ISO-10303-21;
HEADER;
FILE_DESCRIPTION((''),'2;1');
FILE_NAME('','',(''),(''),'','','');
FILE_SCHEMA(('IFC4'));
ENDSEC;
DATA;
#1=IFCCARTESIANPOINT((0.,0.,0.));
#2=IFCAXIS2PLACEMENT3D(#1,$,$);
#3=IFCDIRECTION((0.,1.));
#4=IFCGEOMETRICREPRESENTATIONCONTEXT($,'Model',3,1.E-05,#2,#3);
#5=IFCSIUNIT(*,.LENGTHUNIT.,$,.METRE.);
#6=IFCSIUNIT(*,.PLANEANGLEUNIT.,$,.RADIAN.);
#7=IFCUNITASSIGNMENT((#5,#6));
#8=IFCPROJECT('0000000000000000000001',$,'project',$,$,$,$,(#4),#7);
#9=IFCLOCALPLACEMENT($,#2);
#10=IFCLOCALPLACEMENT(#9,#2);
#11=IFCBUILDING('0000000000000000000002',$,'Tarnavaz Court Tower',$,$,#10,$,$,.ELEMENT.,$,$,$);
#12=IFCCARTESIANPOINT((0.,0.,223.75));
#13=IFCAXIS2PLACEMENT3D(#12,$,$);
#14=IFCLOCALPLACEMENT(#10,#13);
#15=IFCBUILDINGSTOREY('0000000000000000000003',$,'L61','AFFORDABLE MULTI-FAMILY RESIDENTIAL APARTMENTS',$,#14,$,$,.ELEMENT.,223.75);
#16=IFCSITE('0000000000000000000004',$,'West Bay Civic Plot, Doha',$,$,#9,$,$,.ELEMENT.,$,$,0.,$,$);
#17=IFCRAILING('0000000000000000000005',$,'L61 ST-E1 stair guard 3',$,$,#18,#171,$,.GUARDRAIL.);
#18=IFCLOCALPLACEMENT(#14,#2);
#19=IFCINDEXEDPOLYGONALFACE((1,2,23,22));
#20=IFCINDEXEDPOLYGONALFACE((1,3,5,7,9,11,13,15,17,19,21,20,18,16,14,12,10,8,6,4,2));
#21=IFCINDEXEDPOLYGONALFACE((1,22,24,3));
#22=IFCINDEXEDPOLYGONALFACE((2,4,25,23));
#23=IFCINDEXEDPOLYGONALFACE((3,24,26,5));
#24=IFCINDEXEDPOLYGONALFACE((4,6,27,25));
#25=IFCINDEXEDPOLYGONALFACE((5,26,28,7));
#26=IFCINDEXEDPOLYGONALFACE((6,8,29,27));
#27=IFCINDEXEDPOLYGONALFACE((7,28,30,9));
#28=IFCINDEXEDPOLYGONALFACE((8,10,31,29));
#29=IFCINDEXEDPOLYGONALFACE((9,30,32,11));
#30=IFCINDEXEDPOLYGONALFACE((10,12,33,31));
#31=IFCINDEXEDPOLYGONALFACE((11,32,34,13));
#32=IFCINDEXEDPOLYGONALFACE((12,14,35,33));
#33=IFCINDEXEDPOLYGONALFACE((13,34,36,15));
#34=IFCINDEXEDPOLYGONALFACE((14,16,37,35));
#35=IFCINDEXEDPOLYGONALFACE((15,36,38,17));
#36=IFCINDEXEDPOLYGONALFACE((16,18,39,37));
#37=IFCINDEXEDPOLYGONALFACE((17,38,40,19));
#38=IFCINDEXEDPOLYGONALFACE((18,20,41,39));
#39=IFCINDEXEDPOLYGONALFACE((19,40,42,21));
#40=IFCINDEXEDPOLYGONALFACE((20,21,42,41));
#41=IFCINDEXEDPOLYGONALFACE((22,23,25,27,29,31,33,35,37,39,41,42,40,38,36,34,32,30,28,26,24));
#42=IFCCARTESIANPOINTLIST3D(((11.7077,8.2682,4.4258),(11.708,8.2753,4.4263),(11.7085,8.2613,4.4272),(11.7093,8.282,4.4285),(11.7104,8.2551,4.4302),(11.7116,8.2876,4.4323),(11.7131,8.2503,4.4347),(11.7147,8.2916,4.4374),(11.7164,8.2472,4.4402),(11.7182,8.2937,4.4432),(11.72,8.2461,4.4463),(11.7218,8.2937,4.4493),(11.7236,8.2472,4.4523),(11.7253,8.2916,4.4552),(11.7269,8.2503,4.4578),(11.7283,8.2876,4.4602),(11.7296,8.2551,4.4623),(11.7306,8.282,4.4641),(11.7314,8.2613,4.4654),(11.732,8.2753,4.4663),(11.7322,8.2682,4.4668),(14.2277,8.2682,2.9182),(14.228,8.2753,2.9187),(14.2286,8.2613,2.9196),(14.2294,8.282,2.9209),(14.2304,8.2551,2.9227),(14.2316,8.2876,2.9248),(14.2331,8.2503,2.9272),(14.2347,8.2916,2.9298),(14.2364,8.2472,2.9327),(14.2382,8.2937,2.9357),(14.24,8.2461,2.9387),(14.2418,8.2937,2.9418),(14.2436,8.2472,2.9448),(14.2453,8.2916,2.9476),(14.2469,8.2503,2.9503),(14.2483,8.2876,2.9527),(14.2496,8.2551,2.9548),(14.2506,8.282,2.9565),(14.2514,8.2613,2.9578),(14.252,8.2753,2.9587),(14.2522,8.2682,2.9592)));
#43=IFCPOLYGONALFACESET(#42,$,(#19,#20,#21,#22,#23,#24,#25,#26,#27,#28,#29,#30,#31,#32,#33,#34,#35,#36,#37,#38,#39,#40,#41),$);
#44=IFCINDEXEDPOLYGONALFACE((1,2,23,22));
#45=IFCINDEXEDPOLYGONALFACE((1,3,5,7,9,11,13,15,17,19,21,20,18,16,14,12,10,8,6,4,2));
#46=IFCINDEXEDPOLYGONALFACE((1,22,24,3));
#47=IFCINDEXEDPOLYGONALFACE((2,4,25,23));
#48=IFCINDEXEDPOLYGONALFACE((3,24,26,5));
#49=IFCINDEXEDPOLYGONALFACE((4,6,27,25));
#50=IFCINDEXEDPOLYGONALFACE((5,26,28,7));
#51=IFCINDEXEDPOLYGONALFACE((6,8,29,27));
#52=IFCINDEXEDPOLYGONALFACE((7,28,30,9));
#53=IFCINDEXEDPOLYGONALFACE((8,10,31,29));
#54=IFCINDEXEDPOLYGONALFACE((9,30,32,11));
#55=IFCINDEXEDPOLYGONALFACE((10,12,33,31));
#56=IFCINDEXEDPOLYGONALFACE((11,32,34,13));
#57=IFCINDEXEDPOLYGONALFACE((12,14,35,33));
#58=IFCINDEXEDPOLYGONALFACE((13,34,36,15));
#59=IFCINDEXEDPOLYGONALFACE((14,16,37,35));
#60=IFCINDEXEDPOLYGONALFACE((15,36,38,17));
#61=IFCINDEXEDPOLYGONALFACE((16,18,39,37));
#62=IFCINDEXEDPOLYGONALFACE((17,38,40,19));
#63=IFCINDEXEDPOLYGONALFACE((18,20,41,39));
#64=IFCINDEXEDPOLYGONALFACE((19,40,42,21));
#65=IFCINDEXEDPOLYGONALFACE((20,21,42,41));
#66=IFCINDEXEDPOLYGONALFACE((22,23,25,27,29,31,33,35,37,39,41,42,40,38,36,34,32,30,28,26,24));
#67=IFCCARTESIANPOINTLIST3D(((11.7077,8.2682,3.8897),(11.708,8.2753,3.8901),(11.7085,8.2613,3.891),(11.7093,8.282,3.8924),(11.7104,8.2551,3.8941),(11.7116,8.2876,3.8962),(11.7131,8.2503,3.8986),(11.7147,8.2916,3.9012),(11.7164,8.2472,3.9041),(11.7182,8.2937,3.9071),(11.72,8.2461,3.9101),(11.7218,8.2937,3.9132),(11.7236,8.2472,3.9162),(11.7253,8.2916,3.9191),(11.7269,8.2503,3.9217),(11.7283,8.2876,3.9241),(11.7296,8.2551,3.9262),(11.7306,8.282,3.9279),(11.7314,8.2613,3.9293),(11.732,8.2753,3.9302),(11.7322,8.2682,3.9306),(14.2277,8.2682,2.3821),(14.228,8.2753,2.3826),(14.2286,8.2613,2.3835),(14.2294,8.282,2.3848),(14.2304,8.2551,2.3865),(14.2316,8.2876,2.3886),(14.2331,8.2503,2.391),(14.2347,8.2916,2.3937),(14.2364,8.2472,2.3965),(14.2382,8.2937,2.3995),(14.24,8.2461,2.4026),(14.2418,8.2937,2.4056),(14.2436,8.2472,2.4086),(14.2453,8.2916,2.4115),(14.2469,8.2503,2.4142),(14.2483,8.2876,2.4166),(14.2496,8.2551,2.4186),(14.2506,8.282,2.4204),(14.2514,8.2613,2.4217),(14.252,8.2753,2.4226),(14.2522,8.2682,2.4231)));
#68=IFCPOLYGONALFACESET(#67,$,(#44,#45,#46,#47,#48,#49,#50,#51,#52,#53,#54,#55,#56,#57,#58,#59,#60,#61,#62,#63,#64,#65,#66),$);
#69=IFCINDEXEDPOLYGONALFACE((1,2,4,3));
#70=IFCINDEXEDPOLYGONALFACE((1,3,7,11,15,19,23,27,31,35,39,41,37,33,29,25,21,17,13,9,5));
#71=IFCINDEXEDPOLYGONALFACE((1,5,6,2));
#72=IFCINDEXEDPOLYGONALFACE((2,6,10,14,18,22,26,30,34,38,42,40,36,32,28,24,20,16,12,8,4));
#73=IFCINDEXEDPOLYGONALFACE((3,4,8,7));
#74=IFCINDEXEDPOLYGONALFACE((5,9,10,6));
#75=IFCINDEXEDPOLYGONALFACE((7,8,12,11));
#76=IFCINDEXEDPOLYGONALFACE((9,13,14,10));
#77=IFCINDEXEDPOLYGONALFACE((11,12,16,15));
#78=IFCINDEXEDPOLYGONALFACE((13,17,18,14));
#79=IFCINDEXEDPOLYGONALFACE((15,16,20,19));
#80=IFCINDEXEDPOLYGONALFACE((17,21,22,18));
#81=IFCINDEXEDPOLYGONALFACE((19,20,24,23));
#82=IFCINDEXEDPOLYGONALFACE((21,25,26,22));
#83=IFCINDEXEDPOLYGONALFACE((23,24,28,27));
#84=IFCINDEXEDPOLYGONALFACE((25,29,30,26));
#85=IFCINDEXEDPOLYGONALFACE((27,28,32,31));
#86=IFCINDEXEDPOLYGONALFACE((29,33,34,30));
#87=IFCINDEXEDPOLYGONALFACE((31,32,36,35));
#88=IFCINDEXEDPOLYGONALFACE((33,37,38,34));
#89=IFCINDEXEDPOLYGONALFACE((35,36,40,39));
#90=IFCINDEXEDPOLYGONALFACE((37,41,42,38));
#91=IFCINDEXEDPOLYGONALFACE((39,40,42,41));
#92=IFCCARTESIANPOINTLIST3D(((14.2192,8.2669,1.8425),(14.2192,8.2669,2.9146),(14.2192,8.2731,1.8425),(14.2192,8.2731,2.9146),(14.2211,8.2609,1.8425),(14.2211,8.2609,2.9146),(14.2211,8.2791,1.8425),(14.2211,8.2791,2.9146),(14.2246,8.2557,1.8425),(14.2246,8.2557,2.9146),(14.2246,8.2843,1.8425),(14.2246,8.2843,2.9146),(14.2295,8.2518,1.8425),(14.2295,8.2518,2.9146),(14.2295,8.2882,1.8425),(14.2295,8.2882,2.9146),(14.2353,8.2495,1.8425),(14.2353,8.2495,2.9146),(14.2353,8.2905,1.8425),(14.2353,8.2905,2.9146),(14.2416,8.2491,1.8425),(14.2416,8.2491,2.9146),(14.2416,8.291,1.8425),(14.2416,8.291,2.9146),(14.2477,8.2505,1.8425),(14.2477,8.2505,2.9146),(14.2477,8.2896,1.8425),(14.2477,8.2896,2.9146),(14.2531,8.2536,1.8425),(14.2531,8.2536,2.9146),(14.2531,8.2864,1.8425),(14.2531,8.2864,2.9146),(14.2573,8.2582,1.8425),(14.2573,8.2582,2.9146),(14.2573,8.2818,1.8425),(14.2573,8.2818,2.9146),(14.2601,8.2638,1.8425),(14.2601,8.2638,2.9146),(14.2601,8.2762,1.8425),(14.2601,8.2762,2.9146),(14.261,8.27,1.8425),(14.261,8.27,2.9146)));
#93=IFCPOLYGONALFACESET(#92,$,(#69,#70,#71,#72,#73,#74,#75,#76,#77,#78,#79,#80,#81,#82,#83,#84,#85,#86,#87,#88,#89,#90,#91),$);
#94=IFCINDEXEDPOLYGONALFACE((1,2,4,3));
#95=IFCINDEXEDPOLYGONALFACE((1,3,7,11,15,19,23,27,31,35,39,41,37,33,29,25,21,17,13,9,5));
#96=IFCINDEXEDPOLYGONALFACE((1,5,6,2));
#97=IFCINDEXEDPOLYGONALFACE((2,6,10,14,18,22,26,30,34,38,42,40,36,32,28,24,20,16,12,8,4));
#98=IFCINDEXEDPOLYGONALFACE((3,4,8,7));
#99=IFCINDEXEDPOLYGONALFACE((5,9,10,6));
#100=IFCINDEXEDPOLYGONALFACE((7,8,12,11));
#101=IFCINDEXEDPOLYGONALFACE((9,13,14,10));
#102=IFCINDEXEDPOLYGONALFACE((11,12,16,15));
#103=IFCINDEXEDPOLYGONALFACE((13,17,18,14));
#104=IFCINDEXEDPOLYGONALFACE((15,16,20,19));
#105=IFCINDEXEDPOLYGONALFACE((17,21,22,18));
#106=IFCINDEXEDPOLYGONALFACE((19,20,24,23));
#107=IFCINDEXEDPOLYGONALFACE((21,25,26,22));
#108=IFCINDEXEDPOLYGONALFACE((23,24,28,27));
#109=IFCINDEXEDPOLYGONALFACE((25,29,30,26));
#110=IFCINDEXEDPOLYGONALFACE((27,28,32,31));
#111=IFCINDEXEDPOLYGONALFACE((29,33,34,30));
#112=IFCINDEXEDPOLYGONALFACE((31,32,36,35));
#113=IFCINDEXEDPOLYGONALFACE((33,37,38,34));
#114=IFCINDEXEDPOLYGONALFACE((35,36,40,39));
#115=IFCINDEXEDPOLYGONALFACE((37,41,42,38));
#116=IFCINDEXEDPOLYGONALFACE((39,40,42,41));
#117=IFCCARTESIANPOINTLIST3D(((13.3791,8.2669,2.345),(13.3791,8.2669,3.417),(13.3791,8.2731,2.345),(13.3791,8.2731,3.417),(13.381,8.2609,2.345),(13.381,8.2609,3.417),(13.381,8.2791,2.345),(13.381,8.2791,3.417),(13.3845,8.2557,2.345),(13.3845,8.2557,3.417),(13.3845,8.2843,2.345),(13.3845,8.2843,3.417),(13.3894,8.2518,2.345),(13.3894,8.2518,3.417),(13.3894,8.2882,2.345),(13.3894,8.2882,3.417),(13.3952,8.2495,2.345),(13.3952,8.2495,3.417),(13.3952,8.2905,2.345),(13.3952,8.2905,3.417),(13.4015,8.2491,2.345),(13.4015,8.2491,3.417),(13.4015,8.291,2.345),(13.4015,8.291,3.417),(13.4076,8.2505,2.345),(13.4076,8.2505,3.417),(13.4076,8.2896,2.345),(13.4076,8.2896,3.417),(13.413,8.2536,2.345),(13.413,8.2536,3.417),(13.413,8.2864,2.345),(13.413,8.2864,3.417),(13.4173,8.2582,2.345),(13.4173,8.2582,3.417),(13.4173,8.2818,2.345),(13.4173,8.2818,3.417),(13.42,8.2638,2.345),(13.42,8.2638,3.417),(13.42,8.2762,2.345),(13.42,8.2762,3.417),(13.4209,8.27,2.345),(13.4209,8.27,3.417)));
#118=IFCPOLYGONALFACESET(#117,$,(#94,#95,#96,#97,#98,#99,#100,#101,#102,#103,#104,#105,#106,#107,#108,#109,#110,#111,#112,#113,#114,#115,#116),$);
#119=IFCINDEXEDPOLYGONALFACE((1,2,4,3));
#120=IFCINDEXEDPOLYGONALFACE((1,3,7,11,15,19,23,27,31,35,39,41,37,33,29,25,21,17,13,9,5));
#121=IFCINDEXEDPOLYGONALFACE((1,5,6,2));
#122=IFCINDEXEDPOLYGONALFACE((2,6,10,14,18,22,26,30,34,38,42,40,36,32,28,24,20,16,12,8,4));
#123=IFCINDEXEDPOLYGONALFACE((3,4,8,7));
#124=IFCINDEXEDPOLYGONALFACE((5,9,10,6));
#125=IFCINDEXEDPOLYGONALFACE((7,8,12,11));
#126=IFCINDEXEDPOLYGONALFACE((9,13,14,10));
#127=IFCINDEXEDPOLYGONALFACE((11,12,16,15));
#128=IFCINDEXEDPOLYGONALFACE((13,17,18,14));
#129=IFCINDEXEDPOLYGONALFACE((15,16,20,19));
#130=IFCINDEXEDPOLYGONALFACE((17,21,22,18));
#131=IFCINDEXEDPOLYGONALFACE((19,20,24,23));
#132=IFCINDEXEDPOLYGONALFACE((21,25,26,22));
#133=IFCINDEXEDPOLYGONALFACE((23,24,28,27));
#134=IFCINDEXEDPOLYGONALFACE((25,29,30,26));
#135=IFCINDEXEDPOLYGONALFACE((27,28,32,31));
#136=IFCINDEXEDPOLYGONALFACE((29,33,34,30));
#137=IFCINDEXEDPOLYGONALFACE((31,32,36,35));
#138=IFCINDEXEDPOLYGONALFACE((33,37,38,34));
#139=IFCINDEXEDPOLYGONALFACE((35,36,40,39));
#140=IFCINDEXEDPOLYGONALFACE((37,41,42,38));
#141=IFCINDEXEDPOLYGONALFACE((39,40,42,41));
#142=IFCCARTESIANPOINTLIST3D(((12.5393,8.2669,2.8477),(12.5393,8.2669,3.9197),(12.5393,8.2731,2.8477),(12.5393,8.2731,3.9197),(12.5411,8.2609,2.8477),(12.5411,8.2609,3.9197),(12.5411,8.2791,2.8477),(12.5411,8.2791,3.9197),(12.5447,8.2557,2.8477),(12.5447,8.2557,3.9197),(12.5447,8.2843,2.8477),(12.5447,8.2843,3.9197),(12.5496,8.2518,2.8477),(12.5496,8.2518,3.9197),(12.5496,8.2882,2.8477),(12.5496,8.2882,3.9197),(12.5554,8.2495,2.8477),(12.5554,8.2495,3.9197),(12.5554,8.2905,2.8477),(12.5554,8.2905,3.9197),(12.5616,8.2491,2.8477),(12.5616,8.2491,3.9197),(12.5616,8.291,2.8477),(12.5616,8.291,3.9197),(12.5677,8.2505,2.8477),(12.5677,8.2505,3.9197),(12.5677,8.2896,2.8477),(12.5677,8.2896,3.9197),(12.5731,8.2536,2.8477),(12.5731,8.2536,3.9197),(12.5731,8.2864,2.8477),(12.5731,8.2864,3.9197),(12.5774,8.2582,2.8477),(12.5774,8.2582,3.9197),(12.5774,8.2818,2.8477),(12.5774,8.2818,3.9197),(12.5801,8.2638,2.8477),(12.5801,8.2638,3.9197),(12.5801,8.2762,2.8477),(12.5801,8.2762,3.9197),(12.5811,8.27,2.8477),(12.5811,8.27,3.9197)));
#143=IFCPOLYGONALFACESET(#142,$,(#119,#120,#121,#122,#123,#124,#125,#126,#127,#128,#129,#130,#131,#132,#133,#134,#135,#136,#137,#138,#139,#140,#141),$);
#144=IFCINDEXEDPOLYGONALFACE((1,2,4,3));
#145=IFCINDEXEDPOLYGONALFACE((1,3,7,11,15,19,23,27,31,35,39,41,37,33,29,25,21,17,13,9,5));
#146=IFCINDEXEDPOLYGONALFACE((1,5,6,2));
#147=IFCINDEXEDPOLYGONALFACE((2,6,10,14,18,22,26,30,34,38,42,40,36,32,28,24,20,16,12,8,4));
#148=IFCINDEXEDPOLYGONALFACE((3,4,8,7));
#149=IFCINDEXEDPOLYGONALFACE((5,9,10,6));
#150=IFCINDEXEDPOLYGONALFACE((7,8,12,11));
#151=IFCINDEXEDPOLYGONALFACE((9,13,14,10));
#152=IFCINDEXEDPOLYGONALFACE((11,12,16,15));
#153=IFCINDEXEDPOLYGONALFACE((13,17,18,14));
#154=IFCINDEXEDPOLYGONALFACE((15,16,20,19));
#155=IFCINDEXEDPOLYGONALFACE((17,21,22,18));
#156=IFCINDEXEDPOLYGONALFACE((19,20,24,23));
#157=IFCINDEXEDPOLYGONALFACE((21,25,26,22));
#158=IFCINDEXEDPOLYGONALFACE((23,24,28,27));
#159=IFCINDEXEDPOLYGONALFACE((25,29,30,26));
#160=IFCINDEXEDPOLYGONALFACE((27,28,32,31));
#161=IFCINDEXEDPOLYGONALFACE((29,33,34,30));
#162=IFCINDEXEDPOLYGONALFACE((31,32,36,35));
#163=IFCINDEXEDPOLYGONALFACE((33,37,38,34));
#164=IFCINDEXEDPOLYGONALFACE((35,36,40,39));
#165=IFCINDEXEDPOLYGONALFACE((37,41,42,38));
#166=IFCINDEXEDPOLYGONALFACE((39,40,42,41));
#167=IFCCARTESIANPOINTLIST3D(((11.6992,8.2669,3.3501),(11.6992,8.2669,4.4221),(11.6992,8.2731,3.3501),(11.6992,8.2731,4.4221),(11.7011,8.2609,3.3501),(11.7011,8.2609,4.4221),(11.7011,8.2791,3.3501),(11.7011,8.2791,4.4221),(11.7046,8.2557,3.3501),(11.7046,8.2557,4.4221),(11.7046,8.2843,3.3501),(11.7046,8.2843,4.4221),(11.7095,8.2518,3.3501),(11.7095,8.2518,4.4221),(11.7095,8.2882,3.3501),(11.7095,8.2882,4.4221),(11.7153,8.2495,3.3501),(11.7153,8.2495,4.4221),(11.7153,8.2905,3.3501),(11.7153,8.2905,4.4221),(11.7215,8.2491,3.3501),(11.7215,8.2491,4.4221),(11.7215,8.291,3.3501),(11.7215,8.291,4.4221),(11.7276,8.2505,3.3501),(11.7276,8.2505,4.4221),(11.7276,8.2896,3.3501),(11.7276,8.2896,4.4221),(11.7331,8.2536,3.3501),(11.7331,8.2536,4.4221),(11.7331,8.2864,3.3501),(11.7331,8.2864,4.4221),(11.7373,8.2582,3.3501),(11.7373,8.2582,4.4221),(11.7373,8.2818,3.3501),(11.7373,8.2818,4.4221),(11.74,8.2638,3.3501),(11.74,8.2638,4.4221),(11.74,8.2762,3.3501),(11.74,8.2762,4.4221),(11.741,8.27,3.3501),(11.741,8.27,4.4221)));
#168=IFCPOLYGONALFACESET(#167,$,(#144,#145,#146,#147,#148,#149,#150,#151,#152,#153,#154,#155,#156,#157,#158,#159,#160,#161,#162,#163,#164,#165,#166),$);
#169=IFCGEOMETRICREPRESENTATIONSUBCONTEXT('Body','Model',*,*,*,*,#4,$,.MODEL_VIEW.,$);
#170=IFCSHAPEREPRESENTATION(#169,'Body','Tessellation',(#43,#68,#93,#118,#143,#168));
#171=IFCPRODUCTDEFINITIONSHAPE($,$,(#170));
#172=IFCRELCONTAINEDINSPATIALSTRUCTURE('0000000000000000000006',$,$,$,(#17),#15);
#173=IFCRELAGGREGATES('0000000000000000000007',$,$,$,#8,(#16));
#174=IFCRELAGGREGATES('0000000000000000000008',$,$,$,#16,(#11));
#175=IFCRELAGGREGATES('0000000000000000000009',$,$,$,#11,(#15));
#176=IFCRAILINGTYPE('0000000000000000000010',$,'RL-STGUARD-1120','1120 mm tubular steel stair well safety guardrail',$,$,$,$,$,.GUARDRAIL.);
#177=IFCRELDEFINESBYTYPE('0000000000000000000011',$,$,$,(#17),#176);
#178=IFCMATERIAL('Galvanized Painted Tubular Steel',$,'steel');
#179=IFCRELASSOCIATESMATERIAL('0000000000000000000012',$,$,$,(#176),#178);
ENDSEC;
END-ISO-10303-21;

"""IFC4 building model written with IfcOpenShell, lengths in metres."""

from ifc_helpers import new_model, si_unit, direction, frame, origin, origin_2d, place, context, subcontext, project, spatial, circle, extrude, material, type_object, element, save


model = new_model("IFC4")

# Units and contexts
model_context = context("Model", 3, precision=1e-05, world=origin(), true_north=direction((0.0, 1.0)))
body_context = subcontext(model_context, "Body", "Model", "MODEL_VIEW")
ifc_project = project(units=[si_unit("LENGTHUNIT", "METRE"), si_unit("PLANEANGLEUNIT", "RADIAN")], contexts=[model_context])

# Site, building, storey
site_placement = place(None, origin())
site = spatial("IfcSite", under=ifc_project, at=site_placement, Name="West Bay Civic Plot, Doha", CompositionType="ELEMENT", RefElevation=0.0)
building_placement = place(site_placement, origin())
building = spatial("IfcBuilding", under=site, at=building_placement, Name="Tarnavaz Court Tower", CompositionType="ELEMENT")
storey_placement = place(building_placement, frame((0.0, 0.0, 223.75)))
storey = spatial("IfcBuildingStorey", under=building, at=storey_placement, Name="L61", Description="AFFORDABLE MULTI-FAMILY RESIDENTIAL APARTMENTS", CompositionType="ELEMENT", Elevation=223.75)

# Railing
ifc_material_1 = material(Name="Galvanized Painted Tubular Steel", Category="steel")
railing_type_1 = type_object("IfcRailingType", Name="RL-STGUARD-1120", Description="1120 mm tubular steel stair well safety guardrail", PredefinedType="GUARDRAIL", material=ifc_material_1)
railing_1_placement = place(storey_placement, frame((14.24, 8.27, 1.8425)))
element("IfcRailing", 1, at=railing_1_placement, inside=storey, type_object=railing_type_1, Name="L61 ST-E1 stair guard 3", PredefinedType="GUARDRAIL", context=body_context, shape_type="SweptSolid", body=[
    extrude(circle(Radius=0.0239, at=origin_2d()), frame((0.0, 0.0, 1.0962), z_axis=(-0.85816, 0.0, 0.513383), x_axis=(0.0, -1.0, 0.0)), (0.0, 0.0, 1.0), 2.9365),
    extrude(circle(Radius=0.0239, at=origin_2d()), frame((0.0, 0.0, 0.5601), z_axis=(-0.85816, 0.0, 0.513383), x_axis=(0.0, -1.0, 0.0)), (0.0, 0.0, 1.0), 2.9365),
    extrude(circle(Radius=0.021, at=origin_2d()), origin(), (0.0, 0.0, 1.0), 1.072),
    extrude(circle(Radius=0.021, at=origin_2d()), frame((-0.8401, 0.0, 0.5024)), (0.0, 0.0, 1.0), 1.072),
    extrude(circle(Radius=0.021, at=origin_2d()), frame((-1.6799, 0.0, 1.0051)), (0.0, 0.0, 1.0), 1.072),
    extrude(circle(Radius=0.021, at=origin_2d()), frame((-2.52, 0.0, 1.5076)), (0.0, 0.0, 1.0), 1.072),
])

save(model, "model.ifc")
